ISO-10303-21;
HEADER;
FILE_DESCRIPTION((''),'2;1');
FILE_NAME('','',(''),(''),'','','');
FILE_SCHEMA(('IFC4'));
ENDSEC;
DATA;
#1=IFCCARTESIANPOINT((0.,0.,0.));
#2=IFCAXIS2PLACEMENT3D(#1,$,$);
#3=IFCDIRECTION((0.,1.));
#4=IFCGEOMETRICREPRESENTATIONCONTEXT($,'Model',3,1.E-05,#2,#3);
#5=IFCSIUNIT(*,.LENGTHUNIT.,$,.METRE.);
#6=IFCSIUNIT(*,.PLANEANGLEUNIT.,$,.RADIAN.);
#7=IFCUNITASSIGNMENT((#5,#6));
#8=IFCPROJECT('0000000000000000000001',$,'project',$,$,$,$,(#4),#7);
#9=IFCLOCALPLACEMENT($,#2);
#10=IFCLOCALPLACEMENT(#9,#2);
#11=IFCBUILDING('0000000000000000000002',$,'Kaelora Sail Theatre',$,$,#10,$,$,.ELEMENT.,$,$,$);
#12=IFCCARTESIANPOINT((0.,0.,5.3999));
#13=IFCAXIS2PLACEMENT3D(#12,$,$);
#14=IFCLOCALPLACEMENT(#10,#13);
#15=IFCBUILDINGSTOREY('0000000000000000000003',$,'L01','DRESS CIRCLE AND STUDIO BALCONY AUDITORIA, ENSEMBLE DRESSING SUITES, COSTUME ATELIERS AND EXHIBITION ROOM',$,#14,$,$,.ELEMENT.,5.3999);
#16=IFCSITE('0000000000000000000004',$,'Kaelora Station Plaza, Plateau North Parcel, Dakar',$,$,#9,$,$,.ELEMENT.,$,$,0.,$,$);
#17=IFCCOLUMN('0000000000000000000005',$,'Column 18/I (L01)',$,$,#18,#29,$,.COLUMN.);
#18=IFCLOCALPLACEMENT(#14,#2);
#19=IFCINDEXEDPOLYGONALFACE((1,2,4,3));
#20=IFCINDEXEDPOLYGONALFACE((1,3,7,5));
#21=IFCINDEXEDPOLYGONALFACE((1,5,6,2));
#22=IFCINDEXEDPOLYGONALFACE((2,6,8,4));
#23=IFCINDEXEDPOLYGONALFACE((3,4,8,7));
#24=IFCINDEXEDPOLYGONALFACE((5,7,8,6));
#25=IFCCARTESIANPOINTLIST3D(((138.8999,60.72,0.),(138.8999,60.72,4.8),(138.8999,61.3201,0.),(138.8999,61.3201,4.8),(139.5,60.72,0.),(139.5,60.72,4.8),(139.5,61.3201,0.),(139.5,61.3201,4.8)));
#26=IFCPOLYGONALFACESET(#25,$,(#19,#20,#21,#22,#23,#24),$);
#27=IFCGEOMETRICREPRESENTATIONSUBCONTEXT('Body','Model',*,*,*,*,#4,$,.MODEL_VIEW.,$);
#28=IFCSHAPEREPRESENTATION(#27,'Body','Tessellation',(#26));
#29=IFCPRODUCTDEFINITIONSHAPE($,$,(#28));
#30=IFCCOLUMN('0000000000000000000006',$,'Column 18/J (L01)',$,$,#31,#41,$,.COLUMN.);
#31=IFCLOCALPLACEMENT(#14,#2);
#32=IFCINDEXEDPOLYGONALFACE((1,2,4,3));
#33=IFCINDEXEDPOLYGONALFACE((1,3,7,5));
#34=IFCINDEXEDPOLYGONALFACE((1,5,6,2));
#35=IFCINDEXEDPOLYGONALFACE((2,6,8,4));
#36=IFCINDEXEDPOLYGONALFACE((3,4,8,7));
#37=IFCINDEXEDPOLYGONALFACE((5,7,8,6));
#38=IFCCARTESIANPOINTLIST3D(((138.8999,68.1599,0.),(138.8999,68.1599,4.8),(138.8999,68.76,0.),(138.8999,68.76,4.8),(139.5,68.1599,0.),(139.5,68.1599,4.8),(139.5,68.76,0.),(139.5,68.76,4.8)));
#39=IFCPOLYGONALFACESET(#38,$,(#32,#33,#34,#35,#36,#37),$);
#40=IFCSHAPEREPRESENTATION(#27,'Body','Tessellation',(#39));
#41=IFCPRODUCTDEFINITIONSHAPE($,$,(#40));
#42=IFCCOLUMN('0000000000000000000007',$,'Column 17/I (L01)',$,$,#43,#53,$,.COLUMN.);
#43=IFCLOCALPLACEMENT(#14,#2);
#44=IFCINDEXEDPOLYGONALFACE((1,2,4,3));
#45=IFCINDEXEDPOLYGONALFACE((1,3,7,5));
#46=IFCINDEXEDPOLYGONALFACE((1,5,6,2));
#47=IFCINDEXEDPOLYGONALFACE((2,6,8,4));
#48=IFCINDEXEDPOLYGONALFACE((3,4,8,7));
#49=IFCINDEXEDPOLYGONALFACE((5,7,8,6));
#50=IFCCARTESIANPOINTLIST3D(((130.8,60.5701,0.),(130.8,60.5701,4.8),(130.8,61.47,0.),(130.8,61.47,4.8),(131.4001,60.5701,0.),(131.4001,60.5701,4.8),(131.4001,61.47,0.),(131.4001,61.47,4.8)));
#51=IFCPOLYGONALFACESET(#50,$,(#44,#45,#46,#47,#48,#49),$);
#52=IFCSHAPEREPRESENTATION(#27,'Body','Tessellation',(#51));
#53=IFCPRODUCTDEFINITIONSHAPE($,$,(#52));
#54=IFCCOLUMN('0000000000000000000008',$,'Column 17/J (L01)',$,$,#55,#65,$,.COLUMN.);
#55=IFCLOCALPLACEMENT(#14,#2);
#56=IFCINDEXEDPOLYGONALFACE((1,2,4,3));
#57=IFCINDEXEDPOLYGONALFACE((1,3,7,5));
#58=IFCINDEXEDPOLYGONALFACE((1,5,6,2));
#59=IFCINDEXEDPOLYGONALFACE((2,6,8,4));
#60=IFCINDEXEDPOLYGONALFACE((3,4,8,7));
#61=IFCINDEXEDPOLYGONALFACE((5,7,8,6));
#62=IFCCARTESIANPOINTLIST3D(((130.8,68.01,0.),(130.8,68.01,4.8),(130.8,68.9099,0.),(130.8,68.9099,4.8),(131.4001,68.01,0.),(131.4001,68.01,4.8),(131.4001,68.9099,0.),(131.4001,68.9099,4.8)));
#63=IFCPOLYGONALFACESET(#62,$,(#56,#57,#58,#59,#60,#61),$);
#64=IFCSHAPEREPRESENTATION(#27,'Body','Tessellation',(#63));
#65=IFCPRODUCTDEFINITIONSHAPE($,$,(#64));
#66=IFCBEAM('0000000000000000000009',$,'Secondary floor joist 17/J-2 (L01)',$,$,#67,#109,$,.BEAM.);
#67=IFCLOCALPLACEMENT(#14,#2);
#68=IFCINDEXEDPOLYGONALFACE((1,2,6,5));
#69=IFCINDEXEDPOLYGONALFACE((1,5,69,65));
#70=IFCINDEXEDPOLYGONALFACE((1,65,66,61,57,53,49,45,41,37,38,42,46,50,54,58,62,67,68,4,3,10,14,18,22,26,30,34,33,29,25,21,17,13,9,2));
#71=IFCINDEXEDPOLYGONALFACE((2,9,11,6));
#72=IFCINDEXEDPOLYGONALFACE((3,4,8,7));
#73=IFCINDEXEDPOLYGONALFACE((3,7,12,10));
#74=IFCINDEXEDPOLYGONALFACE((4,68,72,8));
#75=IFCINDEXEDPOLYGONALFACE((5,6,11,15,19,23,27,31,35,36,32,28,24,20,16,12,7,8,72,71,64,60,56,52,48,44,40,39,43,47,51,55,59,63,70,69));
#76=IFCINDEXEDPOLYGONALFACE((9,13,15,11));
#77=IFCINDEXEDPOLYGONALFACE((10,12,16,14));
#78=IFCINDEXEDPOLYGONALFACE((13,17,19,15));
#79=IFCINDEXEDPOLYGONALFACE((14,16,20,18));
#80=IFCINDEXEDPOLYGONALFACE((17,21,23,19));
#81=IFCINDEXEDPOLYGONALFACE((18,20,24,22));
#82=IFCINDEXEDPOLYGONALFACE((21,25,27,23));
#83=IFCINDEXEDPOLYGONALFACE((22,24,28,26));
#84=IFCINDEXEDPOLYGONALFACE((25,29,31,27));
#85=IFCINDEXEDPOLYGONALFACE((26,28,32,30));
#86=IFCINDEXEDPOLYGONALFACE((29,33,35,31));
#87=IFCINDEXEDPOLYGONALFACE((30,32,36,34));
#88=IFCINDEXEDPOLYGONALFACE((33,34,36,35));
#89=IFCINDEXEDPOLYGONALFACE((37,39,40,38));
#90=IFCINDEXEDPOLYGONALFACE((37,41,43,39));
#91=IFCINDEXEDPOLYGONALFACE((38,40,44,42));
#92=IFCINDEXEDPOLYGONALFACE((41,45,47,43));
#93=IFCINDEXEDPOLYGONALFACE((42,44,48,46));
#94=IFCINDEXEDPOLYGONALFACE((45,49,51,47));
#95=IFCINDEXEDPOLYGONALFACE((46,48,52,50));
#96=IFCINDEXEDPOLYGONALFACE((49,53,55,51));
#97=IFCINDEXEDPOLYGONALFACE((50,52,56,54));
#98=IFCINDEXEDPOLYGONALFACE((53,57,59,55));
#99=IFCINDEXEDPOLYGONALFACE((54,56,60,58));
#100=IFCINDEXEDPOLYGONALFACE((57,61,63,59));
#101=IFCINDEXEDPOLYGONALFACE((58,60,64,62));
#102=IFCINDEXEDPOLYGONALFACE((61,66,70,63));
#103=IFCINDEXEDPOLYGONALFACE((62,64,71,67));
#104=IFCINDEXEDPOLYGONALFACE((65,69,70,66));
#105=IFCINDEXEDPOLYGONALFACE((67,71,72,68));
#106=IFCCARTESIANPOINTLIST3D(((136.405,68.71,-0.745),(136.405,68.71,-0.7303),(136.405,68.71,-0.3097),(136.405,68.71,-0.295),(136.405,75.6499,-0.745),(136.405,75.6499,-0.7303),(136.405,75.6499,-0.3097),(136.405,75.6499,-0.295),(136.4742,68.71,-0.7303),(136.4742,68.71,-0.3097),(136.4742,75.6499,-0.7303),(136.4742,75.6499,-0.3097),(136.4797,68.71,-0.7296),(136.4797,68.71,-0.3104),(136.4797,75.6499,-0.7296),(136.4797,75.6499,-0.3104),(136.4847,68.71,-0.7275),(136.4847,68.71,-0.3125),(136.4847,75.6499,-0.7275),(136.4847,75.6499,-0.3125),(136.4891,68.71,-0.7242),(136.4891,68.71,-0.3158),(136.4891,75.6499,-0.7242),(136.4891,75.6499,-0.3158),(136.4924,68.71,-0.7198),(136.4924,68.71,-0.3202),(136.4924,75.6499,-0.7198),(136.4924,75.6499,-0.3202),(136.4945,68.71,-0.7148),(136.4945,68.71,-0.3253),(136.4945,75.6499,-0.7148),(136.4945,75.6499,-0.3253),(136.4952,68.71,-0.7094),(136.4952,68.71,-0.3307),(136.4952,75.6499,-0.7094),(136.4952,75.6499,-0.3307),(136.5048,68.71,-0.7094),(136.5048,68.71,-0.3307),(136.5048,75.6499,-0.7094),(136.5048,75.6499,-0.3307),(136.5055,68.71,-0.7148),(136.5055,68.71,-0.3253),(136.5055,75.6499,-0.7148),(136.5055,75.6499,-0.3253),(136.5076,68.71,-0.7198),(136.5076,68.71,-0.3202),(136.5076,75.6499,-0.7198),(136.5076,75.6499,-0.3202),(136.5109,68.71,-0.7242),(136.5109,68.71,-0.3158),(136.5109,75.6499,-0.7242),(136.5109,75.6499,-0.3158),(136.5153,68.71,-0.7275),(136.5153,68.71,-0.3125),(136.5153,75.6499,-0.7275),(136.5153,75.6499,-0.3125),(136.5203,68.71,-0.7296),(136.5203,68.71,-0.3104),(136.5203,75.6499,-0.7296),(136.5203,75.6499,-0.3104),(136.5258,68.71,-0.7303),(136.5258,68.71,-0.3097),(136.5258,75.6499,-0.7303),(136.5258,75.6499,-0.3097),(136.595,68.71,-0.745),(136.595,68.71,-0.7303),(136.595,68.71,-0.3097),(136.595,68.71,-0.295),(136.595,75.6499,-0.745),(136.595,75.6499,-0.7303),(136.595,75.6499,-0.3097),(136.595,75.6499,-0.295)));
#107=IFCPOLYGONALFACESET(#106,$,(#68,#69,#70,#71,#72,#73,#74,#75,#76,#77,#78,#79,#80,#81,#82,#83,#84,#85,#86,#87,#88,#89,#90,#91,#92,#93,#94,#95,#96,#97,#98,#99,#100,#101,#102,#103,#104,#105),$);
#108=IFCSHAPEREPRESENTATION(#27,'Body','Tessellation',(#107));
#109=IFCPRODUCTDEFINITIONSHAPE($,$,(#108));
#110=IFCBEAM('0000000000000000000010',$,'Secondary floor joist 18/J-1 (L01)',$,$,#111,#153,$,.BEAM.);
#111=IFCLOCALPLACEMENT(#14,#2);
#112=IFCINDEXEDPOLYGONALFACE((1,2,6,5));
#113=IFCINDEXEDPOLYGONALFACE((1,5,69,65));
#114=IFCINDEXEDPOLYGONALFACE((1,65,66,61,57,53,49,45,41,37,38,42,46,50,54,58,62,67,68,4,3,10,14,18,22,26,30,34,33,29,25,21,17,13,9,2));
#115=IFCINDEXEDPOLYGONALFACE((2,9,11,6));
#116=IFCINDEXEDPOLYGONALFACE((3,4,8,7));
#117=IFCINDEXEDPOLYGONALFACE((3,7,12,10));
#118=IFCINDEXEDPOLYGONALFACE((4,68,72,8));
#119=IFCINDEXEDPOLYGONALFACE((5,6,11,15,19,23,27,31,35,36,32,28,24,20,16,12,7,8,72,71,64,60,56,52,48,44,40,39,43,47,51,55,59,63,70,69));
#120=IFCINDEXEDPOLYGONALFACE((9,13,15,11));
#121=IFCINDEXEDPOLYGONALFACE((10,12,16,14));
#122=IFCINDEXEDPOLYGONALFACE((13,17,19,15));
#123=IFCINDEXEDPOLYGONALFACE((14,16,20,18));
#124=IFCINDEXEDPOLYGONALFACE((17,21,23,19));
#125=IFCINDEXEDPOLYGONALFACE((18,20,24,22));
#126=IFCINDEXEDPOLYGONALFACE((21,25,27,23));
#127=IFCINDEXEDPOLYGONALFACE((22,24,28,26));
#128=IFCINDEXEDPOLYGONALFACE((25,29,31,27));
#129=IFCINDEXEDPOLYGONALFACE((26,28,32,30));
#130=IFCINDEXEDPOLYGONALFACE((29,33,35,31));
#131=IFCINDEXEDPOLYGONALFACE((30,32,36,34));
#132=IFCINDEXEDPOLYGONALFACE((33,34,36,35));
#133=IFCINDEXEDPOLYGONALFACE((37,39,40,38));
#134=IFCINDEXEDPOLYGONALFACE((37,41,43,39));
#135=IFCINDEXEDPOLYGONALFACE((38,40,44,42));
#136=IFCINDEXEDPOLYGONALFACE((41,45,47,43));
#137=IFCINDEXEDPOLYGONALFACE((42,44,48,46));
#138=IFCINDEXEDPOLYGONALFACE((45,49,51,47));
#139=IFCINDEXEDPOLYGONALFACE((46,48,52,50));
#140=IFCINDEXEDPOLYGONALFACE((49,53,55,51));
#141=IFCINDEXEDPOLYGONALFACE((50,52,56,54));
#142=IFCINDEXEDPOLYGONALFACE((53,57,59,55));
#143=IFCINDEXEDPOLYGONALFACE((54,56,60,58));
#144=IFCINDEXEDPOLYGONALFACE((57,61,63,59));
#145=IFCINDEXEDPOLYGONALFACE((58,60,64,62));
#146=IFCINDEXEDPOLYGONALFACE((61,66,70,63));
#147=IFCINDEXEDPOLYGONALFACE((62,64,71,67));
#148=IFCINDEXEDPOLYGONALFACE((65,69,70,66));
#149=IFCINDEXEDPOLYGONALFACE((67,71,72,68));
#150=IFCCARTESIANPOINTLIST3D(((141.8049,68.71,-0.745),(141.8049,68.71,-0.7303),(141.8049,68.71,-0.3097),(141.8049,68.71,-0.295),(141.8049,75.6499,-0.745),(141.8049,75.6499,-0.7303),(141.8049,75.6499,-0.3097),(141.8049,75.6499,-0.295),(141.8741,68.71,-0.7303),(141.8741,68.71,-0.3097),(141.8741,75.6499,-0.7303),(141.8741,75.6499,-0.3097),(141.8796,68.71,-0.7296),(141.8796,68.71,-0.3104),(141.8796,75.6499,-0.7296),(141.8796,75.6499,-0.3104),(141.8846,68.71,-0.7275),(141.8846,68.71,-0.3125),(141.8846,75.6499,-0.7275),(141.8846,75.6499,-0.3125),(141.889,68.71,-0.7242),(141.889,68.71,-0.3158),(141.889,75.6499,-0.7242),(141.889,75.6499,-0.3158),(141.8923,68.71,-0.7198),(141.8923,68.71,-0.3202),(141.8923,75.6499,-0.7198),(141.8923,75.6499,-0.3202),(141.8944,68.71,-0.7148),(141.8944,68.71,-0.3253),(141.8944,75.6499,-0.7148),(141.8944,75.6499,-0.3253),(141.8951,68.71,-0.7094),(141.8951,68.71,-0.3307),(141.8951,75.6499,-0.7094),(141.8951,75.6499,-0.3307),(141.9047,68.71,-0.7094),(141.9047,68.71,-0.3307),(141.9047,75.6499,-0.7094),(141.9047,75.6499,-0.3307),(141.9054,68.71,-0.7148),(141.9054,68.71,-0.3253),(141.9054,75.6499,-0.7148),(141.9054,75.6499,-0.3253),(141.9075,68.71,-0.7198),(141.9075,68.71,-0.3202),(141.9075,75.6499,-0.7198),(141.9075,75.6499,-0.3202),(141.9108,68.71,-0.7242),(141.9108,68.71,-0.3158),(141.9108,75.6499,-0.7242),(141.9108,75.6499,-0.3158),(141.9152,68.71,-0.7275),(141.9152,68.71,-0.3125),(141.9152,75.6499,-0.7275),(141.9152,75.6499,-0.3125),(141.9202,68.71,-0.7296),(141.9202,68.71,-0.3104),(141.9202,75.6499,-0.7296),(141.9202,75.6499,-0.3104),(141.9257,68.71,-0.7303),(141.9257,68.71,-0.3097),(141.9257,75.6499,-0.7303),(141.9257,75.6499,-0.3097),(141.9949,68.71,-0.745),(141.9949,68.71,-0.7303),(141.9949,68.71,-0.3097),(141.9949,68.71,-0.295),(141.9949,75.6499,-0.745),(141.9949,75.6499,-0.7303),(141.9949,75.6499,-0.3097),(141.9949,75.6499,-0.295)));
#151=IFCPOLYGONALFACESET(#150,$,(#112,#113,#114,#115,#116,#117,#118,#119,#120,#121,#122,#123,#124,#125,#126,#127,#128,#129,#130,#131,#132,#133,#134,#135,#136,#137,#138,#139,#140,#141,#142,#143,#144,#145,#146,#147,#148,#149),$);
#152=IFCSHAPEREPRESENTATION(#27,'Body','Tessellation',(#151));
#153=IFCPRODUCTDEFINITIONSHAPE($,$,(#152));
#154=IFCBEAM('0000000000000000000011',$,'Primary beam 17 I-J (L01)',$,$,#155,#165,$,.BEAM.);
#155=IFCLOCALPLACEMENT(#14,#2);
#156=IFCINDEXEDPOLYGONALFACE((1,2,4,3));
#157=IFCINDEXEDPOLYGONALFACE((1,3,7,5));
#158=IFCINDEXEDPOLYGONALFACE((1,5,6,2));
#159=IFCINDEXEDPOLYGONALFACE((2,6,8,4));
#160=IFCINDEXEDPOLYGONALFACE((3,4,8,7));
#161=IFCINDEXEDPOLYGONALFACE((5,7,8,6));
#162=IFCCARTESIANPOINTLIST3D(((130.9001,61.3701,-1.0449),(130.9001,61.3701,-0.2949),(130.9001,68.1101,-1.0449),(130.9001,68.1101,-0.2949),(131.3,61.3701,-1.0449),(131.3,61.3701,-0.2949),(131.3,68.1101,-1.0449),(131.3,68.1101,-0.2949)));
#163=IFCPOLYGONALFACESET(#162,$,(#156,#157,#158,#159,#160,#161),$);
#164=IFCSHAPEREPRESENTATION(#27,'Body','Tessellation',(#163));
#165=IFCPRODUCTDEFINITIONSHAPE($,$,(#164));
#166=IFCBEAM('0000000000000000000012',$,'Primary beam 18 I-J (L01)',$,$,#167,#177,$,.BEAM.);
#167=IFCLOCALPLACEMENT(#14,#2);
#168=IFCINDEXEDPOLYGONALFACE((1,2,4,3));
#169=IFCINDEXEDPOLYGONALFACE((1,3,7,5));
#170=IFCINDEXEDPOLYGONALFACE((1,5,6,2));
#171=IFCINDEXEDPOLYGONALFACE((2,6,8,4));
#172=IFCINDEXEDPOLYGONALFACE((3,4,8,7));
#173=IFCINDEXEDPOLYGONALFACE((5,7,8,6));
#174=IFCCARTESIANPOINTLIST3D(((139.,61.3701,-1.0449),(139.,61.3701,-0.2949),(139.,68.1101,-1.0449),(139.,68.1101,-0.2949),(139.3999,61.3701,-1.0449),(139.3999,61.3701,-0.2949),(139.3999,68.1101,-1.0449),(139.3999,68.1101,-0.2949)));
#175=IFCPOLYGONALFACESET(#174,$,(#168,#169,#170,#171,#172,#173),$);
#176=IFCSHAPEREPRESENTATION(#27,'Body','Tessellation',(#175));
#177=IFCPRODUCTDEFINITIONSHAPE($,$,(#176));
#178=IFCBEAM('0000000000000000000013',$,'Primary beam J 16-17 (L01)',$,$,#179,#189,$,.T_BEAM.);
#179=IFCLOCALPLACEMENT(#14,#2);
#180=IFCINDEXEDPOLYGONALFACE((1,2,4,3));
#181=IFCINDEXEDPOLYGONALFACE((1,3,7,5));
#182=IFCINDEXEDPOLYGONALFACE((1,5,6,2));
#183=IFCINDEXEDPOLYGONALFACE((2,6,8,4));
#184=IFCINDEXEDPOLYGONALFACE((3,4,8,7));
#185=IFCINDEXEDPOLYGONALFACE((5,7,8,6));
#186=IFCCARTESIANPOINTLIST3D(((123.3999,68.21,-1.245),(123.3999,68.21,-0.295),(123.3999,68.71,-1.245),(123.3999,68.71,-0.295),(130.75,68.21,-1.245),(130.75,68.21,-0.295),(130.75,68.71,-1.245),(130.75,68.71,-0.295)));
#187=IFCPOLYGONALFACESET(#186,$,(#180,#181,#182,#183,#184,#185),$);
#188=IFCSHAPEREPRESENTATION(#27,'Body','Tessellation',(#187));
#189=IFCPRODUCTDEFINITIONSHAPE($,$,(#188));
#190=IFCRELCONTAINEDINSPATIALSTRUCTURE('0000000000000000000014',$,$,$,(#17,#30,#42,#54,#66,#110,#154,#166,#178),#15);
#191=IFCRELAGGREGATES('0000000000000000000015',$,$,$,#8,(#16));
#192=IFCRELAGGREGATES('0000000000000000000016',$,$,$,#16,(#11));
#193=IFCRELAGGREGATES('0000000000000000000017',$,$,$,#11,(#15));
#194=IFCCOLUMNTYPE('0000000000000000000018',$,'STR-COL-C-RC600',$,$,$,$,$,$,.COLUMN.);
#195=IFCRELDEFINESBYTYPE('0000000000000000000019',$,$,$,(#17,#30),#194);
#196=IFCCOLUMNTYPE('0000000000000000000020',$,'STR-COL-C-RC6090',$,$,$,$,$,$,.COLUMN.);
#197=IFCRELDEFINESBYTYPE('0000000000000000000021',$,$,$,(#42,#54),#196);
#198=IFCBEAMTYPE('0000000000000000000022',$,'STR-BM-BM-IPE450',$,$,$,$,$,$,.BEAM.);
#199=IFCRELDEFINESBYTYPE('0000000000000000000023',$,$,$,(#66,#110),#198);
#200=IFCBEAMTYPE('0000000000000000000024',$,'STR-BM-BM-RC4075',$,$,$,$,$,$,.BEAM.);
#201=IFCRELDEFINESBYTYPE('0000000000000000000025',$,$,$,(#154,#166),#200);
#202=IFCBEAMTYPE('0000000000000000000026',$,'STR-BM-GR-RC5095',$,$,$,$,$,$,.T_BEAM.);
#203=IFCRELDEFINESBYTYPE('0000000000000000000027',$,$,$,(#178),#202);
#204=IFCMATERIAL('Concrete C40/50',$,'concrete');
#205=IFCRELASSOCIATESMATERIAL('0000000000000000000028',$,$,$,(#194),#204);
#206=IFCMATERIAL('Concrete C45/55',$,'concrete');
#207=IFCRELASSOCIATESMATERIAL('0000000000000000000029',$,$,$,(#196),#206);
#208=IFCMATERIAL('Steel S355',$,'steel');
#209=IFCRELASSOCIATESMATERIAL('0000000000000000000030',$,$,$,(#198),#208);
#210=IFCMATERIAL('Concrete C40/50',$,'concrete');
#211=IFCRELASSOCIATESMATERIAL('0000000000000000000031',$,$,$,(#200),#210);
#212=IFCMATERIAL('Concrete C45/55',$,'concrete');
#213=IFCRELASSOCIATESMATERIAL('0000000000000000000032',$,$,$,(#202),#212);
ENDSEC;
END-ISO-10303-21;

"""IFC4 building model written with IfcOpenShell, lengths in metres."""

from ifc_helpers import new_model, si_unit, direction, frame, origin, origin_2d, place, context, subcontext, project, spatial, rectangle, i_section, extrude, material, material_profile, profile_set, type_object, element, save


model = new_model("IFC4")

# Units and contexts
model_context = context("Model", 3, precision=1e-05, world=origin(), true_north=direction((0.0, 1.0)))
body_context = subcontext(model_context, "Body", "Model", "MODEL_VIEW")
ifc_project = project(units=[si_unit("LENGTHUNIT", "METRE"), si_unit("PLANEANGLEUNIT", "RADIAN")], contexts=[model_context])

# Site, building, storey
site_placement = place(None, origin())
site = spatial("IfcSite", under=ifc_project, at=site_placement, Name="Kaelora Station Plaza, Plateau North Parcel, Dakar", CompositionType="ELEMENT", RefElevation=0.0)
building_placement = place(site_placement, origin())
building = spatial("IfcBuilding", under=site, at=building_placement, Name="Kaelora Sail Theatre", CompositionType="ELEMENT")
storey_placement = place(building_placement, frame((0.0, 0.0, 5.3999)))
storey = spatial("IfcBuildingStorey", under=building, at=storey_placement, Name="L01", Description="DRESS CIRCLE AND STUDIO BALCONY AUDITORIA, ENSEMBLE DRESSING SUITES, COSTUME ATELIERS AND EXHIBITION ROOM", CompositionType="ELEMENT", Elevation=5.3999)

# Columns
ifc_material_1 = material(Name="Concrete C40/50", Category="concrete")
ifc_material_profile_1 = material_profile(ifc_material_1, rectangle(XDim=0.6001, YDim=0.6001, at=origin_2d()), Name="RC-COL 600x600")
ifc_profile_set_1 = profile_set([ifc_material_profile_1], Name="Concrete C40/50")
column_type_1 = type_object("IfcColumnType", Name="STR-COL-C-RC600", PredefinedType="COLUMN", material=ifc_profile_set_1)
for number, where, z_axis, x_axis, name in (
    (1, (139.2, 61.02, 0.0), (0.0, 0.0, 1.0), (1.0, 0.0, 0.0), "Column 18/I (L01)"),
    (2, (139.2, 68.46, 0.0), (0.0, 0.0, 1.0), (1.0, 0.0, 0.0), "Column 18/J (L01)"),
):
    element("IfcColumn", number, at=place(storey_placement, frame(where, z_axis=z_axis, x_axis=x_axis)), inside=storey, type_object=column_type_1, Name=name, PredefinedType="COLUMN", context=body_context, shape_type="SweptSolid", body=[
        extrude(rectangle(XDim=0.6001, YDim=0.6001, at=origin_2d()), origin(), (0.0, 0.0, 1.0), 4.8),
    ])
ifc_material_2 = material(Name="Concrete C45/55", Category="concrete")
ifc_material_profile_2 = material_profile(ifc_material_2, rectangle(XDim=0.6001, YDim=0.8999, at=origin_2d()), Name="RC-COL 600x900")
ifc_profile_set_2 = profile_set([ifc_material_profile_2], Name="Concrete C45/55")
column_type_2 = type_object("IfcColumnType", Name="STR-COL-C-RC6090", PredefinedType="COLUMN", material=ifc_profile_set_2)
for number, where, z_axis, x_axis, name in (
    (3, (131.1001, 61.02, 0.0), (0.0, 0.0, 1.0), (1.0, 0.0, 0.0), "Column 17/I (L01)"),
    (4, (131.1001, 68.46, 0.0), (0.0, 0.0, 1.0), (1.0, 0.0, 0.0), "Column 17/J (L01)"),
):
    element("IfcColumn", number, at=place(storey_placement, frame(where, z_axis=z_axis, x_axis=x_axis)), inside=storey, type_object=column_type_2, Name=name, PredefinedType="COLUMN", context=body_context, shape_type="SweptSolid", body=[
        extrude(rectangle(XDim=0.6001, YDim=0.8999, at=origin_2d()), origin(), (0.0, 0.0, 1.0), 4.8),
    ])

# Beams
ifc_material_3 = material(Name="Steel S355", Category="steel")
ifc_material_profile_3 = material_profile(ifc_material_3, i_section(OverallWidth=0.1899, OverallDepth=0.45, WebThickness=0.0095, FlangeThickness=0.0146, FilletRadius=0.021, at=origin_2d()), Name="IPE 450")
ifc_profile_set_3 = profile_set([ifc_material_profile_3], Name="Steel S355")
beam_type_1 = type_object("IfcBeamType", Name="STR-BM-BM-IPE450", PredefinedType="BEAM", material=ifc_profile_set_3)
for number, where, z_axis, x_axis, name in (
    (5, (136.5, 68.71, -0.52), (0.0, 1.0, 0.0), (-1.0, 0.0, 0.0), "Secondary floor joist 17/J-2 (L01)"),
    (6, (141.8999, 68.71, -0.52), (0.0, 1.0, 0.0), (-1.0, 0.0, 0.0), "Secondary floor joist 18/J-1 (L01)"),
):
    element("IfcBeam", number, at=place(storey_placement, frame(where, z_axis=z_axis, x_axis=x_axis)), inside=storey, type_object=beam_type_1, Name=name, PredefinedType="BEAM", context=body_context, shape_type="SweptSolid", body=[
        extrude(i_section(OverallWidth=0.1899, OverallDepth=0.45, WebThickness=0.0095, FlangeThickness=0.0146, FilletRadius=0.021, at=origin_2d()), origin(), (0.0, 0.0, 1.0), 6.9399),
    ])
ifc_material_4 = material(Name="Concrete C40/50", Category="concrete")
ifc_material_profile_4 = material_profile(ifc_material_4, rectangle(XDim=0.3999, YDim=0.75, at=origin_2d()), Name="RC-BM 400x750")
ifc_profile_set_4 = profile_set([ifc_material_profile_4], Name="Concrete C40/50")
beam_type_2 = type_object("IfcBeamType", Name="STR-BM-BM-RC4075", PredefinedType="BEAM", material=ifc_profile_set_4)
for number, where, z_axis, x_axis, name in (
    (7, (131.1001, 61.3701, -0.6699), (0.0, 1.0, 0.0), (-1.0, 0.0, 0.0), "Primary beam 17 I-J (L01)"),
    (8, (139.2, 61.3701, -0.6699), (0.0, 1.0, 0.0), (-1.0, 0.0, 0.0), "Primary beam 18 I-J (L01)"),
):
    element("IfcBeam", number, at=place(storey_placement, frame(where, z_axis=z_axis, x_axis=x_axis)), inside=storey, type_object=beam_type_2, Name=name, PredefinedType="BEAM", context=body_context, shape_type="SweptSolid", body=[
        extrude(rectangle(XDim=0.3999, YDim=0.75, at=origin_2d()), origin(), (0.0, 0.0, 1.0), 6.74),
    ])
ifc_material_5 = material(Name="Concrete C45/55", Category="concrete")
ifc_material_profile_5 = material_profile(ifc_material_5, rectangle(XDim=0.5, YDim=0.95, at=origin_2d()), Name="RC-GRD 500x950")
ifc_profile_set_5 = profile_set([ifc_material_profile_5], Name="Concrete C45/55")
beam_type_3 = type_object("IfcBeamType", Name="STR-BM-GR-RC5095", PredefinedType="T_BEAM", material=ifc_profile_set_5)
beam_1_placement = place(storey_placement, frame((123.3999, 68.46, -0.77), z_axis=(1.0, 0.0, 0.0), x_axis=(0.0, 1.0, 0.0)))
element("IfcBeam", 9, at=beam_1_placement, inside=storey, type_object=beam_type_3, Name="Primary beam J 16-17 (L01)", PredefinedType="T_BEAM", context=body_context, shape_type="SweptSolid", body=[
    extrude(rectangle(XDim=0.5, YDim=0.95, at=origin_2d()), origin(), (0.0, 0.0, 1.0), 7.3501),
])

save(model, "model.ifc")
